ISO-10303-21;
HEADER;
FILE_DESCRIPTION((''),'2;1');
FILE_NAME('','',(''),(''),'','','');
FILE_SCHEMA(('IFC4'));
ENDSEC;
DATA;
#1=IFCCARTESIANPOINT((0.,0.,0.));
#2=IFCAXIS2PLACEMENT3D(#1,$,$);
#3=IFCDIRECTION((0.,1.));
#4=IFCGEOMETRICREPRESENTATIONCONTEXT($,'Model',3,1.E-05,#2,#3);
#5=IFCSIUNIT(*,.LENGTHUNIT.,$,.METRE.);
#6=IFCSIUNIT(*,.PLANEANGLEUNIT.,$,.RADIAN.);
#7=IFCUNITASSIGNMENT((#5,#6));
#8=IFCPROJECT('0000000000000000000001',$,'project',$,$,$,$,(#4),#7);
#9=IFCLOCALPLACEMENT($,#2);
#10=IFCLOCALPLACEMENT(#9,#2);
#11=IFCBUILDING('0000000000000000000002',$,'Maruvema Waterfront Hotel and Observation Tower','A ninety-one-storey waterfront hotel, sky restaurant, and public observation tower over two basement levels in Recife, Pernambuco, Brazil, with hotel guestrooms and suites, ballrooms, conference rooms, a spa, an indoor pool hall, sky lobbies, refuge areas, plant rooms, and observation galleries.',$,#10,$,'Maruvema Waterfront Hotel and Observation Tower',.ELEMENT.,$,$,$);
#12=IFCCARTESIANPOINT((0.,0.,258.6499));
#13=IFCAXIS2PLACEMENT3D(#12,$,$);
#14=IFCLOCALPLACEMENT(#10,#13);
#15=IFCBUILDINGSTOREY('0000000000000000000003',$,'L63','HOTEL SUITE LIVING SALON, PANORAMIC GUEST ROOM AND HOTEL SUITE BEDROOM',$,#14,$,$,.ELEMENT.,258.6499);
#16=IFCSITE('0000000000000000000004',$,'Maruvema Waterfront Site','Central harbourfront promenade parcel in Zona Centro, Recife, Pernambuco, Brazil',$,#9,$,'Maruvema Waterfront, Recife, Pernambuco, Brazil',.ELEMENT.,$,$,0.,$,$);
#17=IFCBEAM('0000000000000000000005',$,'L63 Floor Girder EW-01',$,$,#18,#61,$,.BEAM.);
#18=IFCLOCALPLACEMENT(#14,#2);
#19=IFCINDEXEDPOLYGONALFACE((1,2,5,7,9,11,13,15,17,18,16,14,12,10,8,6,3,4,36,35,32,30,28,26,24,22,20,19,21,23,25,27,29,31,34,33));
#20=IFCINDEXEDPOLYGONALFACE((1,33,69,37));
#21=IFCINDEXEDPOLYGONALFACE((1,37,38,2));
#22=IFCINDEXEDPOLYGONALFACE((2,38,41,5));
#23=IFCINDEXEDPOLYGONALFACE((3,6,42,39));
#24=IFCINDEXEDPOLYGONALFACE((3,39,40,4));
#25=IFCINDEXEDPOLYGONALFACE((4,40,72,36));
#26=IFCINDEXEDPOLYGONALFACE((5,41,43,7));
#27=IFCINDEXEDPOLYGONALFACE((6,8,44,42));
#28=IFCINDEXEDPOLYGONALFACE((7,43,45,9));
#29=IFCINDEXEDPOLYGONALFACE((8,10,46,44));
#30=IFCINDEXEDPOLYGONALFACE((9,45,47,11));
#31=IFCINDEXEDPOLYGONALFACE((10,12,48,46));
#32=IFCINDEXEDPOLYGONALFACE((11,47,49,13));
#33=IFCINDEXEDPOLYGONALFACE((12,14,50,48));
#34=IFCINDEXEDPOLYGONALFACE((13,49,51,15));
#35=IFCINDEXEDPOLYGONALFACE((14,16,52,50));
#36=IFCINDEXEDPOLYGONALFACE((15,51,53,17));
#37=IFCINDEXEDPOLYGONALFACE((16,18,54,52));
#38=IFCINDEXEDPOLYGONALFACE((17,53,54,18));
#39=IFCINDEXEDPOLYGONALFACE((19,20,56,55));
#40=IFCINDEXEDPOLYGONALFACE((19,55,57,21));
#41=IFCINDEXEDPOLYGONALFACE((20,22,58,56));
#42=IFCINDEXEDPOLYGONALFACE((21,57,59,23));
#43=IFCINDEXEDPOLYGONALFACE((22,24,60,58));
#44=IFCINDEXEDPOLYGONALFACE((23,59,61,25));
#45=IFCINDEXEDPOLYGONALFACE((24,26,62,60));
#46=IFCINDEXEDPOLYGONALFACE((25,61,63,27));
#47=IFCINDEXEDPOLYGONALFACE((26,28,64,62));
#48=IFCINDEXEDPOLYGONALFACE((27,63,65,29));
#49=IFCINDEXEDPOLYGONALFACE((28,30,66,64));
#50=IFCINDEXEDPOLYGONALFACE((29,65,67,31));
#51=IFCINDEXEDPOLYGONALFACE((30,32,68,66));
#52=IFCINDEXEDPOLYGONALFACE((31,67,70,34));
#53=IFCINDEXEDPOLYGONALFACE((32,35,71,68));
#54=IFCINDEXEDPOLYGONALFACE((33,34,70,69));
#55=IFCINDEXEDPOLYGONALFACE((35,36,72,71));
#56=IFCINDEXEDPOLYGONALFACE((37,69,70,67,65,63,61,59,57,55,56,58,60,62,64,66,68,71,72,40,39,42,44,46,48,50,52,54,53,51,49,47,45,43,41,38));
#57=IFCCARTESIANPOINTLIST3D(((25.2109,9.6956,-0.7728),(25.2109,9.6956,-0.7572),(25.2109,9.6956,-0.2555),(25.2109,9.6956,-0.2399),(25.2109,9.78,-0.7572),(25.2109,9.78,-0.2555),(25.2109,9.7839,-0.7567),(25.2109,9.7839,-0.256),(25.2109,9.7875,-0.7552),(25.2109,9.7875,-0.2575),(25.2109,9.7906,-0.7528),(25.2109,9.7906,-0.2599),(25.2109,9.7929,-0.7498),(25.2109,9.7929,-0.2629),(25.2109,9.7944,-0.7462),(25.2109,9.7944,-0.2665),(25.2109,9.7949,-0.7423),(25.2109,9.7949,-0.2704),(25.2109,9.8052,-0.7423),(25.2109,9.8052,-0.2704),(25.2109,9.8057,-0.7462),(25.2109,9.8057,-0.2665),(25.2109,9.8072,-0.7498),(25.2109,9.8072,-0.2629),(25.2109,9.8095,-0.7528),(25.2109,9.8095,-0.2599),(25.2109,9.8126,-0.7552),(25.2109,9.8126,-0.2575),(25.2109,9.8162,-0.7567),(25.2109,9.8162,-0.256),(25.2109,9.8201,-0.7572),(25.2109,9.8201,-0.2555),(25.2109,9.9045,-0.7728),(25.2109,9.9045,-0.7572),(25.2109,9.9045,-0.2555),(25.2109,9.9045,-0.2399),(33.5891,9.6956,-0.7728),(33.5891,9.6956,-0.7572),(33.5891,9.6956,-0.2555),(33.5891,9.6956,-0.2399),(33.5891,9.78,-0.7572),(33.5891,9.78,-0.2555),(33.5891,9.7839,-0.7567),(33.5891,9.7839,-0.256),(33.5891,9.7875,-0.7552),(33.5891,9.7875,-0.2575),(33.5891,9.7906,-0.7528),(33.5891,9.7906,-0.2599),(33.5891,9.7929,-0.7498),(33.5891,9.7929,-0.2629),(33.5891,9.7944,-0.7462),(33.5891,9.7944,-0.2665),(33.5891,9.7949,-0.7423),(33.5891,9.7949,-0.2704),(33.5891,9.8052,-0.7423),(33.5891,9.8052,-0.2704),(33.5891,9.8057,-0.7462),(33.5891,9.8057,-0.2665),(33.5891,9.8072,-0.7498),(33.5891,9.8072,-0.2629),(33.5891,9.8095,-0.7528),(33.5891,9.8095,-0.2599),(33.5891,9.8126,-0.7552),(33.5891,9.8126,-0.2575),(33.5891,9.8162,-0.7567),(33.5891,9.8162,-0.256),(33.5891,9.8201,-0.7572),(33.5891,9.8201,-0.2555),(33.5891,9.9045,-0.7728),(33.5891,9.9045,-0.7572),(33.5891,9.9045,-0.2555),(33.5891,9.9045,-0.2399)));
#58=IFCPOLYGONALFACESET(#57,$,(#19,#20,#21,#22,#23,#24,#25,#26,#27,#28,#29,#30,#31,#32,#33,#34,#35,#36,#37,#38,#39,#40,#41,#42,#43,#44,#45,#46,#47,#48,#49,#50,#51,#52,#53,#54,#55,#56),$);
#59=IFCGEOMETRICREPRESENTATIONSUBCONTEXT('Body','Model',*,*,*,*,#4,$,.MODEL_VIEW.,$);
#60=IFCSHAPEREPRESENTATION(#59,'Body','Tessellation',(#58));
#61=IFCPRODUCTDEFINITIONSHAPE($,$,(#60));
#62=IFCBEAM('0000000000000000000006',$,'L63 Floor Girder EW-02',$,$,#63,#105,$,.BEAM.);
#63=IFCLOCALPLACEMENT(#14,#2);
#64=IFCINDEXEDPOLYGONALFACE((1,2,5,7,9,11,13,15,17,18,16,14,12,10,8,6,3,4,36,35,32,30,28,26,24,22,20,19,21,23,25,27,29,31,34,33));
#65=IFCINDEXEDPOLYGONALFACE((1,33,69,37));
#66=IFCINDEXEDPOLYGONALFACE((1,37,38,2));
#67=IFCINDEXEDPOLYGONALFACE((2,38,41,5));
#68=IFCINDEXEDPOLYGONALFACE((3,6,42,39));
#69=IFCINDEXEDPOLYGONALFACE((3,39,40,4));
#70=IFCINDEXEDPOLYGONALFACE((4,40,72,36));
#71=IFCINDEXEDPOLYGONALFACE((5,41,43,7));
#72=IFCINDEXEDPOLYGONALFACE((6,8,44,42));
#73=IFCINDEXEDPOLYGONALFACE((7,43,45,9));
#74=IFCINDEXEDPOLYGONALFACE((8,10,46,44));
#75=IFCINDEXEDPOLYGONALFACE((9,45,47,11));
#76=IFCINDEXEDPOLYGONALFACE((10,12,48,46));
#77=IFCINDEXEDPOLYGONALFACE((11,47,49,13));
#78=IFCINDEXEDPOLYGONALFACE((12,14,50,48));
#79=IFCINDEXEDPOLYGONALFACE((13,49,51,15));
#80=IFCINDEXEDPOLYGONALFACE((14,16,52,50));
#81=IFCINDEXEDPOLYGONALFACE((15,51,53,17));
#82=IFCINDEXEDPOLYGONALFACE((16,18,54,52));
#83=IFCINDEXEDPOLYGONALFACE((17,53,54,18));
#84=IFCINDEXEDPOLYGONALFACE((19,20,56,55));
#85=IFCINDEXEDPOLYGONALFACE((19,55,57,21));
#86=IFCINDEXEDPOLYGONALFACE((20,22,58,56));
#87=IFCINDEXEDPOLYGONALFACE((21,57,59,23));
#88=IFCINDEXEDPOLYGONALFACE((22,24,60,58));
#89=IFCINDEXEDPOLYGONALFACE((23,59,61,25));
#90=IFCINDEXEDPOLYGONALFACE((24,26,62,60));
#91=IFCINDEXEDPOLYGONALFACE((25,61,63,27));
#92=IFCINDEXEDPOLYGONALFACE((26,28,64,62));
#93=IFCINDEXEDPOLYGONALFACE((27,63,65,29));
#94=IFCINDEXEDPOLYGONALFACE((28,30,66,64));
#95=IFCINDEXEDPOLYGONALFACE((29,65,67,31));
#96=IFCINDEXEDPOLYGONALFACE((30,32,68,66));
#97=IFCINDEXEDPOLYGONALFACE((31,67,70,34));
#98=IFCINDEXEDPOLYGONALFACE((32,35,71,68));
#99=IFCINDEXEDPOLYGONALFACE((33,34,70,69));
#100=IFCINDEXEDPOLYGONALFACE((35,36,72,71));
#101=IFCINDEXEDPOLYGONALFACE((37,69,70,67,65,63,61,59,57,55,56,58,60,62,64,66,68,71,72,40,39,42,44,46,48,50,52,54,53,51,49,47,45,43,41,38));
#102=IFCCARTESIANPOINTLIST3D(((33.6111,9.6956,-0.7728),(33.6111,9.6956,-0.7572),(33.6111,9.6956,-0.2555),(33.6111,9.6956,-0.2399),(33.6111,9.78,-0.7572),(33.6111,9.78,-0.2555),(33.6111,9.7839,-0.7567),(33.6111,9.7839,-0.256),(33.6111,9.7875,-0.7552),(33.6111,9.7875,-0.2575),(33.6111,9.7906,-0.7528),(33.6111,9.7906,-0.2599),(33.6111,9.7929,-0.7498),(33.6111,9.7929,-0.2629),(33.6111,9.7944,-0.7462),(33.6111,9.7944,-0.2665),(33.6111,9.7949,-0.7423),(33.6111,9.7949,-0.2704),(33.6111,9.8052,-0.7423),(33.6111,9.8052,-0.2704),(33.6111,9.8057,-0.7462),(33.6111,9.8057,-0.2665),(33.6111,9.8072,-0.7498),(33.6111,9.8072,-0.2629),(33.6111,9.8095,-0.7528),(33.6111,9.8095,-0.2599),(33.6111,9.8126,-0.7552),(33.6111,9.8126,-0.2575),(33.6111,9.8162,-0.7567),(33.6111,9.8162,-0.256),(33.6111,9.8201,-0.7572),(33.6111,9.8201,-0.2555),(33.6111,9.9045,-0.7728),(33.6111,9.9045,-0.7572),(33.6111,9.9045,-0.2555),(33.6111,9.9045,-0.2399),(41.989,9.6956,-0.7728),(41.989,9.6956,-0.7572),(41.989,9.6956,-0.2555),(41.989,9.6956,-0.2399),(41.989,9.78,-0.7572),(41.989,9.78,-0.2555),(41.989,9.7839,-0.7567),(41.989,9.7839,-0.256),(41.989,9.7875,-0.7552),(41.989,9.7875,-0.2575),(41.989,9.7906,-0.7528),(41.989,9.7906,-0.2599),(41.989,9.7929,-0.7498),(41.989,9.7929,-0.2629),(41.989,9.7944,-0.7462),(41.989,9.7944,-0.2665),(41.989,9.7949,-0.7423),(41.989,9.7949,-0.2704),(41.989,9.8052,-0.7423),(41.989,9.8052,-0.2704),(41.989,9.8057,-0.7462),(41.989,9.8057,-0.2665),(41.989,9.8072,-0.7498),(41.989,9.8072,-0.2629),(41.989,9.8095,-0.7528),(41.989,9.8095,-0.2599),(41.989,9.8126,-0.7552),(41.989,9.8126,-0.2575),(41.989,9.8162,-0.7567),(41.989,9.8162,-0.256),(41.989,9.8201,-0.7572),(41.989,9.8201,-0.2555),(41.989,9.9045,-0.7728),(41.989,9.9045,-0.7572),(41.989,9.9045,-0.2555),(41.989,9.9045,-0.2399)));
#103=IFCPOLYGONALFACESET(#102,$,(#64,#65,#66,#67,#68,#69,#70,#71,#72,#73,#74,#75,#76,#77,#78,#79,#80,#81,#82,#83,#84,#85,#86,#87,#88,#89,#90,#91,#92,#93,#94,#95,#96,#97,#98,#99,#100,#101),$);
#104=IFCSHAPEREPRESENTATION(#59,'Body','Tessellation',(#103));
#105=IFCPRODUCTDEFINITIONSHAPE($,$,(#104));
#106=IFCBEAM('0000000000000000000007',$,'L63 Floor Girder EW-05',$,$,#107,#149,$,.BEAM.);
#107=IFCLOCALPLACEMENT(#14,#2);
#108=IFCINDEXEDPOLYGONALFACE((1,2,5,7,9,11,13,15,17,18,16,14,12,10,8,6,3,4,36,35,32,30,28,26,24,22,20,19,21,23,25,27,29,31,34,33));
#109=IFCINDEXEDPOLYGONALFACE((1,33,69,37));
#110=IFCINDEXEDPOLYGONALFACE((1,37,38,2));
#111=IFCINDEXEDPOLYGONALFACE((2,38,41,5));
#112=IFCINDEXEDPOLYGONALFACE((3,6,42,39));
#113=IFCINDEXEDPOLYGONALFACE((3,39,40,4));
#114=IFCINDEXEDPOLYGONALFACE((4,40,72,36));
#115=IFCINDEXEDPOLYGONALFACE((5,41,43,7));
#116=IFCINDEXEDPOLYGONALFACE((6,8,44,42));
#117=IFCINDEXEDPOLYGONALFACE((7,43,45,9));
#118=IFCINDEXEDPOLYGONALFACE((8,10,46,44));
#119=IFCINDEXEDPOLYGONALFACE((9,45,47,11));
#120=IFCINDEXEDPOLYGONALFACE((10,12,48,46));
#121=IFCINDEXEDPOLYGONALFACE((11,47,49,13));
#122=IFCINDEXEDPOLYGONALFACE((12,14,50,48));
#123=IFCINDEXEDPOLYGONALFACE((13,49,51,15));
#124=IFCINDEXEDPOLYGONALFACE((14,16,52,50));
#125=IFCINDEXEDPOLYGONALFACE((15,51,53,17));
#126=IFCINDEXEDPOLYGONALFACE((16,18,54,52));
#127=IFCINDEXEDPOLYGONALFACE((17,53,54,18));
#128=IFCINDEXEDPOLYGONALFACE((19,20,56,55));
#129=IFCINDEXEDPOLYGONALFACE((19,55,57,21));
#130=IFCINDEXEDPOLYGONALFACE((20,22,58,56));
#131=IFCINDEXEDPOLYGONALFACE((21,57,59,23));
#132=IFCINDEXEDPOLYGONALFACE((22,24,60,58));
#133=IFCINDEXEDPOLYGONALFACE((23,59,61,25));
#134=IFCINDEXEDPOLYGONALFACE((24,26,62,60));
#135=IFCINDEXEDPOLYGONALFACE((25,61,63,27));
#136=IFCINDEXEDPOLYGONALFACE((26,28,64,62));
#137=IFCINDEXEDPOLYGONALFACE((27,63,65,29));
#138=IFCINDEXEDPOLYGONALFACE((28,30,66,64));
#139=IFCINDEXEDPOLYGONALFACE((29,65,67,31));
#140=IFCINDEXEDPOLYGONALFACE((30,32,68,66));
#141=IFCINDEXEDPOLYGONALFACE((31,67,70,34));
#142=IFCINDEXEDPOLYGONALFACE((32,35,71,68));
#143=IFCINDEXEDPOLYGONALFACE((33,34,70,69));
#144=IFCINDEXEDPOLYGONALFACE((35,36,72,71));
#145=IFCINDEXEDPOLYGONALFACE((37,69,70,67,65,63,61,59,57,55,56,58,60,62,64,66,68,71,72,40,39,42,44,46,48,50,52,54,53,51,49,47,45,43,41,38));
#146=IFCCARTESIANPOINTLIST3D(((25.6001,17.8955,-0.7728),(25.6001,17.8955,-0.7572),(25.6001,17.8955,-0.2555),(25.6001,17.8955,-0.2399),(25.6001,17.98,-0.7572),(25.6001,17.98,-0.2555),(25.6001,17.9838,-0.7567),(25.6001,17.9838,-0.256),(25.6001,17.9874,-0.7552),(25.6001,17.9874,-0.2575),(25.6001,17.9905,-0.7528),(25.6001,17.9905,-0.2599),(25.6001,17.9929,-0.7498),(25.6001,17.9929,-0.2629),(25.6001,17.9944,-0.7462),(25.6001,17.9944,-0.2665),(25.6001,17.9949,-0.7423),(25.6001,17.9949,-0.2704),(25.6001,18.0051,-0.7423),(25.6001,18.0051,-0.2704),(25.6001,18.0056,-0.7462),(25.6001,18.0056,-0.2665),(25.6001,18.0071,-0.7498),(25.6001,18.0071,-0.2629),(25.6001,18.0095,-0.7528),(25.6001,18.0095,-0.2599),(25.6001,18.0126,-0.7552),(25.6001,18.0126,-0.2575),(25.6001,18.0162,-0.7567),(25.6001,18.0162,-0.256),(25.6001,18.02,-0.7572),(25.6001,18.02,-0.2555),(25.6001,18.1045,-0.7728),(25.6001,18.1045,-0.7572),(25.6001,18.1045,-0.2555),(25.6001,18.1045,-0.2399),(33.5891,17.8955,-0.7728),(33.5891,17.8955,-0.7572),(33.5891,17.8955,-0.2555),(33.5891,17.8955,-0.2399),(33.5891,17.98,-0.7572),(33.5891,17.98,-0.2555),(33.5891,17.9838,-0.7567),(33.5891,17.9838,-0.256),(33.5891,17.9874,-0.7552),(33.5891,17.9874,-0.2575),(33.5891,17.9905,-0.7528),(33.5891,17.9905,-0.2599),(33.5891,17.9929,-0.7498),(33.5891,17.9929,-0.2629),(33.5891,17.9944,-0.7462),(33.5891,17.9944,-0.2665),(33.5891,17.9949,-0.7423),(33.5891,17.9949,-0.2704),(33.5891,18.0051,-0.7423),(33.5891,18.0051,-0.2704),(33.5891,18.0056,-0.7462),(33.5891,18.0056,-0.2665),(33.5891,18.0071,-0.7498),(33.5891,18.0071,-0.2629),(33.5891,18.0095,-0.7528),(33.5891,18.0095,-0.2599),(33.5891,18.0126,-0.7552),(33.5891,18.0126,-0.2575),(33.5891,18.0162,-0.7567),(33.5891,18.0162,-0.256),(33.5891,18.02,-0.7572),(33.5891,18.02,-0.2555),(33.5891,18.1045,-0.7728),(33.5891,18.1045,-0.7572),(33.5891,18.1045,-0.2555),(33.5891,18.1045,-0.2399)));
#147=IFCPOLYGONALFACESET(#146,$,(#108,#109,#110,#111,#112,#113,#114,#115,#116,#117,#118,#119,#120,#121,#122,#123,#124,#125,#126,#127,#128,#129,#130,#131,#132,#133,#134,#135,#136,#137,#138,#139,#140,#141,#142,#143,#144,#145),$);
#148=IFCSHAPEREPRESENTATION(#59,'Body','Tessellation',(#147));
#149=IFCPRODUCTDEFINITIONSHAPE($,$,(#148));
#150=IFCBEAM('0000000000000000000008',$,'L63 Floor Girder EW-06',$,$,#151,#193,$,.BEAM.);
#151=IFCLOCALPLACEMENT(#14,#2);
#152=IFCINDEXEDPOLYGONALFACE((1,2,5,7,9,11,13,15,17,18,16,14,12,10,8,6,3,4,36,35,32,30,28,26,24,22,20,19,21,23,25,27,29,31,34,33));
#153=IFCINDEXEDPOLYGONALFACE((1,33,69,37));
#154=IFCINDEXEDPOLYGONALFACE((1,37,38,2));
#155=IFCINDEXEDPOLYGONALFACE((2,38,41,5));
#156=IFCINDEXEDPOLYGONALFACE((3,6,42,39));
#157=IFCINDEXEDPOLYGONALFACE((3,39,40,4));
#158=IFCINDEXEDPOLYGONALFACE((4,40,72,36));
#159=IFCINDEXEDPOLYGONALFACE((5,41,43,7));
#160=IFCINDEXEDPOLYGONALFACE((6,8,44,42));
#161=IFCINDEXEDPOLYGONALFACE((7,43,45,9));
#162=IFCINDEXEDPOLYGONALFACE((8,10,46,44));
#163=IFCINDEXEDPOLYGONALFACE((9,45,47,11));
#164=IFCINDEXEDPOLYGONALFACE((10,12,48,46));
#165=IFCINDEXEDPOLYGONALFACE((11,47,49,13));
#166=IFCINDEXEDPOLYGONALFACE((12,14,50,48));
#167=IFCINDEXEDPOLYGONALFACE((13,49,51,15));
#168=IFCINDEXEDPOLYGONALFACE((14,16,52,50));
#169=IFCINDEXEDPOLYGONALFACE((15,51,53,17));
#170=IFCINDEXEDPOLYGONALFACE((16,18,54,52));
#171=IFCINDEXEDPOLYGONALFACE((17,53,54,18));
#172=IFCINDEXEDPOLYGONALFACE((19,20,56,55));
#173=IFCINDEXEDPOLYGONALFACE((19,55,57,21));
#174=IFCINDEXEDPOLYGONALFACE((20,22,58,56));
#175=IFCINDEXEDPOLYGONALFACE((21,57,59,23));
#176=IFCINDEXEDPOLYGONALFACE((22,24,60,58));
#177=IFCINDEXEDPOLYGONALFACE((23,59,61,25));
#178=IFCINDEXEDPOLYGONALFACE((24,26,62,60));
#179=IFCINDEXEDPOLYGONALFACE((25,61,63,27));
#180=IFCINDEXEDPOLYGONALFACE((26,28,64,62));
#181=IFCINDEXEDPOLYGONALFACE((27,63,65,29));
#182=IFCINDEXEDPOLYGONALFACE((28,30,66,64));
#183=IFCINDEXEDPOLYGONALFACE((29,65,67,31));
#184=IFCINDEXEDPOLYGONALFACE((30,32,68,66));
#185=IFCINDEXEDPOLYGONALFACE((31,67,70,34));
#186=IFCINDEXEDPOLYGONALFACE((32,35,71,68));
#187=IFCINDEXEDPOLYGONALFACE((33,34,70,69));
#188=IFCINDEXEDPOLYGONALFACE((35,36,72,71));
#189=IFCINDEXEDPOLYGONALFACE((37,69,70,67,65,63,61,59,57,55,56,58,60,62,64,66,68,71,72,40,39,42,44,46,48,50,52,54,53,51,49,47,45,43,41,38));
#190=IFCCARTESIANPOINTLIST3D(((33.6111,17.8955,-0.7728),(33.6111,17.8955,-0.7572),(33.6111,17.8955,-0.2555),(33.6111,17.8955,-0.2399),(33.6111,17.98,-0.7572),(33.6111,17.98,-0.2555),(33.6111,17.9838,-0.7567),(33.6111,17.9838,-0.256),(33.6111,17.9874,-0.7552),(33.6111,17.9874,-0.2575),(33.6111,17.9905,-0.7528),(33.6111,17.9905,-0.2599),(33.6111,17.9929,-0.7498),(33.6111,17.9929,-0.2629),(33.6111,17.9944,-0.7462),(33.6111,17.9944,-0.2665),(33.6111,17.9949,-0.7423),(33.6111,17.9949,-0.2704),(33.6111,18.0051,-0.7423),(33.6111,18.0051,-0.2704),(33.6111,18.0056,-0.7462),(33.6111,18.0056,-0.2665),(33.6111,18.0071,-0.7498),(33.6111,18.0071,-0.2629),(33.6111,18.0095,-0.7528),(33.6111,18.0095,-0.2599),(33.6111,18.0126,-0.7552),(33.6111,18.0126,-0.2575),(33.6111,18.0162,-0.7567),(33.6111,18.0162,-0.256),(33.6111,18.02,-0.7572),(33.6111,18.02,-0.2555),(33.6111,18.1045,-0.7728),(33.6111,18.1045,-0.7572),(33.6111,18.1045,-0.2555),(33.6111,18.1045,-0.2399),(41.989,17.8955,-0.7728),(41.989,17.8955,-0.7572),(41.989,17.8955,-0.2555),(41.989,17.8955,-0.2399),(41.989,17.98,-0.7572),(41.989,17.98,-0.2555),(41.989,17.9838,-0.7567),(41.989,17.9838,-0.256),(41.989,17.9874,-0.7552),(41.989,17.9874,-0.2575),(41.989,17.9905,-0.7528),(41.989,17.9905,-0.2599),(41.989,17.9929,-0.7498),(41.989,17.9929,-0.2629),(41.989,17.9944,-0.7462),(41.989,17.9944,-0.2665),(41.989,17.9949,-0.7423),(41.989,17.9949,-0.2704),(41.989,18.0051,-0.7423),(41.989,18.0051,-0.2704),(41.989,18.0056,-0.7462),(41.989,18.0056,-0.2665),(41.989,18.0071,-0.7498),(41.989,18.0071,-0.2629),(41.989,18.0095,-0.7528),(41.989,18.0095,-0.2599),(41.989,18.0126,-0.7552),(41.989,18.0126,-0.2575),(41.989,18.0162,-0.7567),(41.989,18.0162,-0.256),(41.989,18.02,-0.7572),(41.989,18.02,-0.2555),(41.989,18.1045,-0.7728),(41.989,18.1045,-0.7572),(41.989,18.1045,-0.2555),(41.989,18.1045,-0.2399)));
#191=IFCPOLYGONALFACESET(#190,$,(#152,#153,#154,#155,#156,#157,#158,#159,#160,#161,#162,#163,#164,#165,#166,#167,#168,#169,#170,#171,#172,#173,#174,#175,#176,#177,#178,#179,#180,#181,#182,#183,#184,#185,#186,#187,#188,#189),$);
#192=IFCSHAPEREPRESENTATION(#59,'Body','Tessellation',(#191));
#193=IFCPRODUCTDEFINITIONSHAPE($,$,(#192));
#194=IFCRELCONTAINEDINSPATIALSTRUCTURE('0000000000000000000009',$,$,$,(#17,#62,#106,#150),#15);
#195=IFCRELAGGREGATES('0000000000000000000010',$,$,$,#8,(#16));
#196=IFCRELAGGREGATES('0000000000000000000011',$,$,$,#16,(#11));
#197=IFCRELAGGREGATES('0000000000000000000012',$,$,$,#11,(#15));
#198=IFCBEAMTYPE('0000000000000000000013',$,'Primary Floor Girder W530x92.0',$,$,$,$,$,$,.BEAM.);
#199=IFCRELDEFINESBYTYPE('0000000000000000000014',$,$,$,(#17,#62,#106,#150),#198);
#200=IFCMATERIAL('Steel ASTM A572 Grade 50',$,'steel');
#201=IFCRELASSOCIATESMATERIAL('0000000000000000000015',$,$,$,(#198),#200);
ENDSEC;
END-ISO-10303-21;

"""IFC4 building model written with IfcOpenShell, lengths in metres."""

from ifc_helpers import new_model, si_unit, direction, frame, origin, origin_2d, place, context, subcontext, project, spatial, i_section, extrude, material, material_profile, profile_set, type_object, element, save


model = new_model("IFC4")

# Units and contexts
model_context = context("Model", 3, precision=1e-05, world=origin(), true_north=direction((0.0, 1.0)))
body_context = subcontext(model_context, "Body", "Model", "MODEL_VIEW")
ifc_project = project(units=[si_unit("LENGTHUNIT", "METRE"), si_unit("PLANEANGLEUNIT", "RADIAN")], contexts=[model_context])

# Site, building, storey
site_placement = place(None, origin())
site = spatial("IfcSite", under=ifc_project, at=site_placement, Name="Maruvema Waterfront Site", Description="Central harbourfront promenade parcel in Zona Centro, Recife, Pernambuco, Brazil", LongName="Maruvema Waterfront, Recife, Pernambuco, Brazil", CompositionType="ELEMENT", RefElevation=0.0)
building_placement = place(site_placement, origin())
building = spatial("IfcBuilding", under=site, at=building_placement, Name="Maruvema Waterfront Hotel and Observation Tower", Description="A ninety-one-storey waterfront hotel, sky restaurant, and public observation tower over two basement levels in Recife, Pernambuco, Brazil, with hotel guestrooms and suites, ballrooms, conference rooms, a spa, an indoor pool hall, sky lobbies, refuge areas, plant rooms, and observation galleries.", LongName="Maruvema Waterfront Hotel and Observation Tower", CompositionType="ELEMENT")
storey_placement = place(building_placement, frame((0.0, 0.0, 258.6499)))
storey = spatial("IfcBuildingStorey", under=building, at=storey_placement, Name="L63", Description="HOTEL SUITE LIVING SALON, PANORAMIC GUEST ROOM AND HOTEL SUITE BEDROOM", CompositionType="ELEMENT", Elevation=258.6499)

# Beams
ifc_material_1 = material(Name="Steel ASTM A572 Grade 50", Category="steel")
ifc_material_profile_1 = material_profile(ifc_material_1, i_section(OverallWidth=0.209, OverallDepth=0.533, WebThickness=0.0103, FlangeThickness=0.0156, FilletRadius=0.0149, at=origin_2d()), Name="W530x92.0")
ifc_profile_set_1 = profile_set([ifc_material_profile_1], Name="Steel ASTM A572 Grade 50")
beam_type_1 = type_object("IfcBeamType", Name="Primary Floor Girder W530x92.0", PredefinedType="BEAM", material=ifc_profile_set_1)
beam_1_placement = place(storey_placement, frame((25.2109, 9.8, -0.5063), z_axis=(1.0, 0.0, 0.0), x_axis=(0.0, 1.0, 0.0)))
element("IfcBeam", 1, at=beam_1_placement, inside=storey, type_object=beam_type_1, Name="L63 Floor Girder EW-01", PredefinedType="BEAM", context=body_context, shape_type="SweptSolid", body=[
    extrude(i_section(OverallWidth=0.209, OverallDepth=0.533, WebThickness=0.0103, FlangeThickness=0.0156, FilletRadius=0.0149, at=origin_2d()), origin(), (0.0, 0.0, 1.0), 8.3782),
])
beam_2_placement = place(storey_placement, frame((33.6111, 9.8, -0.5063), z_axis=(1.0, 0.0, 0.0), x_axis=(0.0, 1.0, 0.0)))
element("IfcBeam", 2, at=beam_2_placement, inside=storey, type_object=beam_type_1, Name="L63 Floor Girder EW-02", PredefinedType="BEAM", context=body_context, shape_type="SweptSolid", body=[
    extrude(i_section(OverallWidth=0.209, OverallDepth=0.533, WebThickness=0.0103, FlangeThickness=0.0156, FilletRadius=0.0149, at=origin_2d()), origin(), (0.0, 0.0, 1.0), 8.3779),
])
beam_3_placement = place(storey_placement, frame((25.6001, 18.0, -0.5063), z_axis=(1.0, 0.0, 0.0), x_axis=(0.0, 1.0, 0.0)))
element("IfcBeam", 3, at=beam_3_placement, inside=storey, type_object=beam_type_1, Name="L63 Floor Girder EW-05", PredefinedType="BEAM", context=body_context, shape_type="SweptSolid", body=[
    extrude(i_section(OverallWidth=0.209, OverallDepth=0.533, WebThickness=0.0103, FlangeThickness=0.0156, FilletRadius=0.0149, at=origin_2d()), origin(), (0.0, 0.0, 1.0), 7.989),
])
beam_4_placement = place(storey_placement, frame((33.6111, 18.0, -0.5063), z_axis=(1.0, 0.0, 0.0), x_axis=(0.0, 1.0, 0.0)))
element("IfcBeam", 4, at=beam_4_placement, inside=storey, type_object=beam_type_1, Name="L63 Floor Girder EW-06", PredefinedType="BEAM", context=body_context, shape_type="SweptSolid", body=[
    extrude(i_section(OverallWidth=0.209, OverallDepth=0.533, WebThickness=0.0103, FlangeThickness=0.0156, FilletRadius=0.0149, at=origin_2d()), origin(), (0.0, 0.0, 1.0), 8.3779),
])

save(model, "model.ifc")
